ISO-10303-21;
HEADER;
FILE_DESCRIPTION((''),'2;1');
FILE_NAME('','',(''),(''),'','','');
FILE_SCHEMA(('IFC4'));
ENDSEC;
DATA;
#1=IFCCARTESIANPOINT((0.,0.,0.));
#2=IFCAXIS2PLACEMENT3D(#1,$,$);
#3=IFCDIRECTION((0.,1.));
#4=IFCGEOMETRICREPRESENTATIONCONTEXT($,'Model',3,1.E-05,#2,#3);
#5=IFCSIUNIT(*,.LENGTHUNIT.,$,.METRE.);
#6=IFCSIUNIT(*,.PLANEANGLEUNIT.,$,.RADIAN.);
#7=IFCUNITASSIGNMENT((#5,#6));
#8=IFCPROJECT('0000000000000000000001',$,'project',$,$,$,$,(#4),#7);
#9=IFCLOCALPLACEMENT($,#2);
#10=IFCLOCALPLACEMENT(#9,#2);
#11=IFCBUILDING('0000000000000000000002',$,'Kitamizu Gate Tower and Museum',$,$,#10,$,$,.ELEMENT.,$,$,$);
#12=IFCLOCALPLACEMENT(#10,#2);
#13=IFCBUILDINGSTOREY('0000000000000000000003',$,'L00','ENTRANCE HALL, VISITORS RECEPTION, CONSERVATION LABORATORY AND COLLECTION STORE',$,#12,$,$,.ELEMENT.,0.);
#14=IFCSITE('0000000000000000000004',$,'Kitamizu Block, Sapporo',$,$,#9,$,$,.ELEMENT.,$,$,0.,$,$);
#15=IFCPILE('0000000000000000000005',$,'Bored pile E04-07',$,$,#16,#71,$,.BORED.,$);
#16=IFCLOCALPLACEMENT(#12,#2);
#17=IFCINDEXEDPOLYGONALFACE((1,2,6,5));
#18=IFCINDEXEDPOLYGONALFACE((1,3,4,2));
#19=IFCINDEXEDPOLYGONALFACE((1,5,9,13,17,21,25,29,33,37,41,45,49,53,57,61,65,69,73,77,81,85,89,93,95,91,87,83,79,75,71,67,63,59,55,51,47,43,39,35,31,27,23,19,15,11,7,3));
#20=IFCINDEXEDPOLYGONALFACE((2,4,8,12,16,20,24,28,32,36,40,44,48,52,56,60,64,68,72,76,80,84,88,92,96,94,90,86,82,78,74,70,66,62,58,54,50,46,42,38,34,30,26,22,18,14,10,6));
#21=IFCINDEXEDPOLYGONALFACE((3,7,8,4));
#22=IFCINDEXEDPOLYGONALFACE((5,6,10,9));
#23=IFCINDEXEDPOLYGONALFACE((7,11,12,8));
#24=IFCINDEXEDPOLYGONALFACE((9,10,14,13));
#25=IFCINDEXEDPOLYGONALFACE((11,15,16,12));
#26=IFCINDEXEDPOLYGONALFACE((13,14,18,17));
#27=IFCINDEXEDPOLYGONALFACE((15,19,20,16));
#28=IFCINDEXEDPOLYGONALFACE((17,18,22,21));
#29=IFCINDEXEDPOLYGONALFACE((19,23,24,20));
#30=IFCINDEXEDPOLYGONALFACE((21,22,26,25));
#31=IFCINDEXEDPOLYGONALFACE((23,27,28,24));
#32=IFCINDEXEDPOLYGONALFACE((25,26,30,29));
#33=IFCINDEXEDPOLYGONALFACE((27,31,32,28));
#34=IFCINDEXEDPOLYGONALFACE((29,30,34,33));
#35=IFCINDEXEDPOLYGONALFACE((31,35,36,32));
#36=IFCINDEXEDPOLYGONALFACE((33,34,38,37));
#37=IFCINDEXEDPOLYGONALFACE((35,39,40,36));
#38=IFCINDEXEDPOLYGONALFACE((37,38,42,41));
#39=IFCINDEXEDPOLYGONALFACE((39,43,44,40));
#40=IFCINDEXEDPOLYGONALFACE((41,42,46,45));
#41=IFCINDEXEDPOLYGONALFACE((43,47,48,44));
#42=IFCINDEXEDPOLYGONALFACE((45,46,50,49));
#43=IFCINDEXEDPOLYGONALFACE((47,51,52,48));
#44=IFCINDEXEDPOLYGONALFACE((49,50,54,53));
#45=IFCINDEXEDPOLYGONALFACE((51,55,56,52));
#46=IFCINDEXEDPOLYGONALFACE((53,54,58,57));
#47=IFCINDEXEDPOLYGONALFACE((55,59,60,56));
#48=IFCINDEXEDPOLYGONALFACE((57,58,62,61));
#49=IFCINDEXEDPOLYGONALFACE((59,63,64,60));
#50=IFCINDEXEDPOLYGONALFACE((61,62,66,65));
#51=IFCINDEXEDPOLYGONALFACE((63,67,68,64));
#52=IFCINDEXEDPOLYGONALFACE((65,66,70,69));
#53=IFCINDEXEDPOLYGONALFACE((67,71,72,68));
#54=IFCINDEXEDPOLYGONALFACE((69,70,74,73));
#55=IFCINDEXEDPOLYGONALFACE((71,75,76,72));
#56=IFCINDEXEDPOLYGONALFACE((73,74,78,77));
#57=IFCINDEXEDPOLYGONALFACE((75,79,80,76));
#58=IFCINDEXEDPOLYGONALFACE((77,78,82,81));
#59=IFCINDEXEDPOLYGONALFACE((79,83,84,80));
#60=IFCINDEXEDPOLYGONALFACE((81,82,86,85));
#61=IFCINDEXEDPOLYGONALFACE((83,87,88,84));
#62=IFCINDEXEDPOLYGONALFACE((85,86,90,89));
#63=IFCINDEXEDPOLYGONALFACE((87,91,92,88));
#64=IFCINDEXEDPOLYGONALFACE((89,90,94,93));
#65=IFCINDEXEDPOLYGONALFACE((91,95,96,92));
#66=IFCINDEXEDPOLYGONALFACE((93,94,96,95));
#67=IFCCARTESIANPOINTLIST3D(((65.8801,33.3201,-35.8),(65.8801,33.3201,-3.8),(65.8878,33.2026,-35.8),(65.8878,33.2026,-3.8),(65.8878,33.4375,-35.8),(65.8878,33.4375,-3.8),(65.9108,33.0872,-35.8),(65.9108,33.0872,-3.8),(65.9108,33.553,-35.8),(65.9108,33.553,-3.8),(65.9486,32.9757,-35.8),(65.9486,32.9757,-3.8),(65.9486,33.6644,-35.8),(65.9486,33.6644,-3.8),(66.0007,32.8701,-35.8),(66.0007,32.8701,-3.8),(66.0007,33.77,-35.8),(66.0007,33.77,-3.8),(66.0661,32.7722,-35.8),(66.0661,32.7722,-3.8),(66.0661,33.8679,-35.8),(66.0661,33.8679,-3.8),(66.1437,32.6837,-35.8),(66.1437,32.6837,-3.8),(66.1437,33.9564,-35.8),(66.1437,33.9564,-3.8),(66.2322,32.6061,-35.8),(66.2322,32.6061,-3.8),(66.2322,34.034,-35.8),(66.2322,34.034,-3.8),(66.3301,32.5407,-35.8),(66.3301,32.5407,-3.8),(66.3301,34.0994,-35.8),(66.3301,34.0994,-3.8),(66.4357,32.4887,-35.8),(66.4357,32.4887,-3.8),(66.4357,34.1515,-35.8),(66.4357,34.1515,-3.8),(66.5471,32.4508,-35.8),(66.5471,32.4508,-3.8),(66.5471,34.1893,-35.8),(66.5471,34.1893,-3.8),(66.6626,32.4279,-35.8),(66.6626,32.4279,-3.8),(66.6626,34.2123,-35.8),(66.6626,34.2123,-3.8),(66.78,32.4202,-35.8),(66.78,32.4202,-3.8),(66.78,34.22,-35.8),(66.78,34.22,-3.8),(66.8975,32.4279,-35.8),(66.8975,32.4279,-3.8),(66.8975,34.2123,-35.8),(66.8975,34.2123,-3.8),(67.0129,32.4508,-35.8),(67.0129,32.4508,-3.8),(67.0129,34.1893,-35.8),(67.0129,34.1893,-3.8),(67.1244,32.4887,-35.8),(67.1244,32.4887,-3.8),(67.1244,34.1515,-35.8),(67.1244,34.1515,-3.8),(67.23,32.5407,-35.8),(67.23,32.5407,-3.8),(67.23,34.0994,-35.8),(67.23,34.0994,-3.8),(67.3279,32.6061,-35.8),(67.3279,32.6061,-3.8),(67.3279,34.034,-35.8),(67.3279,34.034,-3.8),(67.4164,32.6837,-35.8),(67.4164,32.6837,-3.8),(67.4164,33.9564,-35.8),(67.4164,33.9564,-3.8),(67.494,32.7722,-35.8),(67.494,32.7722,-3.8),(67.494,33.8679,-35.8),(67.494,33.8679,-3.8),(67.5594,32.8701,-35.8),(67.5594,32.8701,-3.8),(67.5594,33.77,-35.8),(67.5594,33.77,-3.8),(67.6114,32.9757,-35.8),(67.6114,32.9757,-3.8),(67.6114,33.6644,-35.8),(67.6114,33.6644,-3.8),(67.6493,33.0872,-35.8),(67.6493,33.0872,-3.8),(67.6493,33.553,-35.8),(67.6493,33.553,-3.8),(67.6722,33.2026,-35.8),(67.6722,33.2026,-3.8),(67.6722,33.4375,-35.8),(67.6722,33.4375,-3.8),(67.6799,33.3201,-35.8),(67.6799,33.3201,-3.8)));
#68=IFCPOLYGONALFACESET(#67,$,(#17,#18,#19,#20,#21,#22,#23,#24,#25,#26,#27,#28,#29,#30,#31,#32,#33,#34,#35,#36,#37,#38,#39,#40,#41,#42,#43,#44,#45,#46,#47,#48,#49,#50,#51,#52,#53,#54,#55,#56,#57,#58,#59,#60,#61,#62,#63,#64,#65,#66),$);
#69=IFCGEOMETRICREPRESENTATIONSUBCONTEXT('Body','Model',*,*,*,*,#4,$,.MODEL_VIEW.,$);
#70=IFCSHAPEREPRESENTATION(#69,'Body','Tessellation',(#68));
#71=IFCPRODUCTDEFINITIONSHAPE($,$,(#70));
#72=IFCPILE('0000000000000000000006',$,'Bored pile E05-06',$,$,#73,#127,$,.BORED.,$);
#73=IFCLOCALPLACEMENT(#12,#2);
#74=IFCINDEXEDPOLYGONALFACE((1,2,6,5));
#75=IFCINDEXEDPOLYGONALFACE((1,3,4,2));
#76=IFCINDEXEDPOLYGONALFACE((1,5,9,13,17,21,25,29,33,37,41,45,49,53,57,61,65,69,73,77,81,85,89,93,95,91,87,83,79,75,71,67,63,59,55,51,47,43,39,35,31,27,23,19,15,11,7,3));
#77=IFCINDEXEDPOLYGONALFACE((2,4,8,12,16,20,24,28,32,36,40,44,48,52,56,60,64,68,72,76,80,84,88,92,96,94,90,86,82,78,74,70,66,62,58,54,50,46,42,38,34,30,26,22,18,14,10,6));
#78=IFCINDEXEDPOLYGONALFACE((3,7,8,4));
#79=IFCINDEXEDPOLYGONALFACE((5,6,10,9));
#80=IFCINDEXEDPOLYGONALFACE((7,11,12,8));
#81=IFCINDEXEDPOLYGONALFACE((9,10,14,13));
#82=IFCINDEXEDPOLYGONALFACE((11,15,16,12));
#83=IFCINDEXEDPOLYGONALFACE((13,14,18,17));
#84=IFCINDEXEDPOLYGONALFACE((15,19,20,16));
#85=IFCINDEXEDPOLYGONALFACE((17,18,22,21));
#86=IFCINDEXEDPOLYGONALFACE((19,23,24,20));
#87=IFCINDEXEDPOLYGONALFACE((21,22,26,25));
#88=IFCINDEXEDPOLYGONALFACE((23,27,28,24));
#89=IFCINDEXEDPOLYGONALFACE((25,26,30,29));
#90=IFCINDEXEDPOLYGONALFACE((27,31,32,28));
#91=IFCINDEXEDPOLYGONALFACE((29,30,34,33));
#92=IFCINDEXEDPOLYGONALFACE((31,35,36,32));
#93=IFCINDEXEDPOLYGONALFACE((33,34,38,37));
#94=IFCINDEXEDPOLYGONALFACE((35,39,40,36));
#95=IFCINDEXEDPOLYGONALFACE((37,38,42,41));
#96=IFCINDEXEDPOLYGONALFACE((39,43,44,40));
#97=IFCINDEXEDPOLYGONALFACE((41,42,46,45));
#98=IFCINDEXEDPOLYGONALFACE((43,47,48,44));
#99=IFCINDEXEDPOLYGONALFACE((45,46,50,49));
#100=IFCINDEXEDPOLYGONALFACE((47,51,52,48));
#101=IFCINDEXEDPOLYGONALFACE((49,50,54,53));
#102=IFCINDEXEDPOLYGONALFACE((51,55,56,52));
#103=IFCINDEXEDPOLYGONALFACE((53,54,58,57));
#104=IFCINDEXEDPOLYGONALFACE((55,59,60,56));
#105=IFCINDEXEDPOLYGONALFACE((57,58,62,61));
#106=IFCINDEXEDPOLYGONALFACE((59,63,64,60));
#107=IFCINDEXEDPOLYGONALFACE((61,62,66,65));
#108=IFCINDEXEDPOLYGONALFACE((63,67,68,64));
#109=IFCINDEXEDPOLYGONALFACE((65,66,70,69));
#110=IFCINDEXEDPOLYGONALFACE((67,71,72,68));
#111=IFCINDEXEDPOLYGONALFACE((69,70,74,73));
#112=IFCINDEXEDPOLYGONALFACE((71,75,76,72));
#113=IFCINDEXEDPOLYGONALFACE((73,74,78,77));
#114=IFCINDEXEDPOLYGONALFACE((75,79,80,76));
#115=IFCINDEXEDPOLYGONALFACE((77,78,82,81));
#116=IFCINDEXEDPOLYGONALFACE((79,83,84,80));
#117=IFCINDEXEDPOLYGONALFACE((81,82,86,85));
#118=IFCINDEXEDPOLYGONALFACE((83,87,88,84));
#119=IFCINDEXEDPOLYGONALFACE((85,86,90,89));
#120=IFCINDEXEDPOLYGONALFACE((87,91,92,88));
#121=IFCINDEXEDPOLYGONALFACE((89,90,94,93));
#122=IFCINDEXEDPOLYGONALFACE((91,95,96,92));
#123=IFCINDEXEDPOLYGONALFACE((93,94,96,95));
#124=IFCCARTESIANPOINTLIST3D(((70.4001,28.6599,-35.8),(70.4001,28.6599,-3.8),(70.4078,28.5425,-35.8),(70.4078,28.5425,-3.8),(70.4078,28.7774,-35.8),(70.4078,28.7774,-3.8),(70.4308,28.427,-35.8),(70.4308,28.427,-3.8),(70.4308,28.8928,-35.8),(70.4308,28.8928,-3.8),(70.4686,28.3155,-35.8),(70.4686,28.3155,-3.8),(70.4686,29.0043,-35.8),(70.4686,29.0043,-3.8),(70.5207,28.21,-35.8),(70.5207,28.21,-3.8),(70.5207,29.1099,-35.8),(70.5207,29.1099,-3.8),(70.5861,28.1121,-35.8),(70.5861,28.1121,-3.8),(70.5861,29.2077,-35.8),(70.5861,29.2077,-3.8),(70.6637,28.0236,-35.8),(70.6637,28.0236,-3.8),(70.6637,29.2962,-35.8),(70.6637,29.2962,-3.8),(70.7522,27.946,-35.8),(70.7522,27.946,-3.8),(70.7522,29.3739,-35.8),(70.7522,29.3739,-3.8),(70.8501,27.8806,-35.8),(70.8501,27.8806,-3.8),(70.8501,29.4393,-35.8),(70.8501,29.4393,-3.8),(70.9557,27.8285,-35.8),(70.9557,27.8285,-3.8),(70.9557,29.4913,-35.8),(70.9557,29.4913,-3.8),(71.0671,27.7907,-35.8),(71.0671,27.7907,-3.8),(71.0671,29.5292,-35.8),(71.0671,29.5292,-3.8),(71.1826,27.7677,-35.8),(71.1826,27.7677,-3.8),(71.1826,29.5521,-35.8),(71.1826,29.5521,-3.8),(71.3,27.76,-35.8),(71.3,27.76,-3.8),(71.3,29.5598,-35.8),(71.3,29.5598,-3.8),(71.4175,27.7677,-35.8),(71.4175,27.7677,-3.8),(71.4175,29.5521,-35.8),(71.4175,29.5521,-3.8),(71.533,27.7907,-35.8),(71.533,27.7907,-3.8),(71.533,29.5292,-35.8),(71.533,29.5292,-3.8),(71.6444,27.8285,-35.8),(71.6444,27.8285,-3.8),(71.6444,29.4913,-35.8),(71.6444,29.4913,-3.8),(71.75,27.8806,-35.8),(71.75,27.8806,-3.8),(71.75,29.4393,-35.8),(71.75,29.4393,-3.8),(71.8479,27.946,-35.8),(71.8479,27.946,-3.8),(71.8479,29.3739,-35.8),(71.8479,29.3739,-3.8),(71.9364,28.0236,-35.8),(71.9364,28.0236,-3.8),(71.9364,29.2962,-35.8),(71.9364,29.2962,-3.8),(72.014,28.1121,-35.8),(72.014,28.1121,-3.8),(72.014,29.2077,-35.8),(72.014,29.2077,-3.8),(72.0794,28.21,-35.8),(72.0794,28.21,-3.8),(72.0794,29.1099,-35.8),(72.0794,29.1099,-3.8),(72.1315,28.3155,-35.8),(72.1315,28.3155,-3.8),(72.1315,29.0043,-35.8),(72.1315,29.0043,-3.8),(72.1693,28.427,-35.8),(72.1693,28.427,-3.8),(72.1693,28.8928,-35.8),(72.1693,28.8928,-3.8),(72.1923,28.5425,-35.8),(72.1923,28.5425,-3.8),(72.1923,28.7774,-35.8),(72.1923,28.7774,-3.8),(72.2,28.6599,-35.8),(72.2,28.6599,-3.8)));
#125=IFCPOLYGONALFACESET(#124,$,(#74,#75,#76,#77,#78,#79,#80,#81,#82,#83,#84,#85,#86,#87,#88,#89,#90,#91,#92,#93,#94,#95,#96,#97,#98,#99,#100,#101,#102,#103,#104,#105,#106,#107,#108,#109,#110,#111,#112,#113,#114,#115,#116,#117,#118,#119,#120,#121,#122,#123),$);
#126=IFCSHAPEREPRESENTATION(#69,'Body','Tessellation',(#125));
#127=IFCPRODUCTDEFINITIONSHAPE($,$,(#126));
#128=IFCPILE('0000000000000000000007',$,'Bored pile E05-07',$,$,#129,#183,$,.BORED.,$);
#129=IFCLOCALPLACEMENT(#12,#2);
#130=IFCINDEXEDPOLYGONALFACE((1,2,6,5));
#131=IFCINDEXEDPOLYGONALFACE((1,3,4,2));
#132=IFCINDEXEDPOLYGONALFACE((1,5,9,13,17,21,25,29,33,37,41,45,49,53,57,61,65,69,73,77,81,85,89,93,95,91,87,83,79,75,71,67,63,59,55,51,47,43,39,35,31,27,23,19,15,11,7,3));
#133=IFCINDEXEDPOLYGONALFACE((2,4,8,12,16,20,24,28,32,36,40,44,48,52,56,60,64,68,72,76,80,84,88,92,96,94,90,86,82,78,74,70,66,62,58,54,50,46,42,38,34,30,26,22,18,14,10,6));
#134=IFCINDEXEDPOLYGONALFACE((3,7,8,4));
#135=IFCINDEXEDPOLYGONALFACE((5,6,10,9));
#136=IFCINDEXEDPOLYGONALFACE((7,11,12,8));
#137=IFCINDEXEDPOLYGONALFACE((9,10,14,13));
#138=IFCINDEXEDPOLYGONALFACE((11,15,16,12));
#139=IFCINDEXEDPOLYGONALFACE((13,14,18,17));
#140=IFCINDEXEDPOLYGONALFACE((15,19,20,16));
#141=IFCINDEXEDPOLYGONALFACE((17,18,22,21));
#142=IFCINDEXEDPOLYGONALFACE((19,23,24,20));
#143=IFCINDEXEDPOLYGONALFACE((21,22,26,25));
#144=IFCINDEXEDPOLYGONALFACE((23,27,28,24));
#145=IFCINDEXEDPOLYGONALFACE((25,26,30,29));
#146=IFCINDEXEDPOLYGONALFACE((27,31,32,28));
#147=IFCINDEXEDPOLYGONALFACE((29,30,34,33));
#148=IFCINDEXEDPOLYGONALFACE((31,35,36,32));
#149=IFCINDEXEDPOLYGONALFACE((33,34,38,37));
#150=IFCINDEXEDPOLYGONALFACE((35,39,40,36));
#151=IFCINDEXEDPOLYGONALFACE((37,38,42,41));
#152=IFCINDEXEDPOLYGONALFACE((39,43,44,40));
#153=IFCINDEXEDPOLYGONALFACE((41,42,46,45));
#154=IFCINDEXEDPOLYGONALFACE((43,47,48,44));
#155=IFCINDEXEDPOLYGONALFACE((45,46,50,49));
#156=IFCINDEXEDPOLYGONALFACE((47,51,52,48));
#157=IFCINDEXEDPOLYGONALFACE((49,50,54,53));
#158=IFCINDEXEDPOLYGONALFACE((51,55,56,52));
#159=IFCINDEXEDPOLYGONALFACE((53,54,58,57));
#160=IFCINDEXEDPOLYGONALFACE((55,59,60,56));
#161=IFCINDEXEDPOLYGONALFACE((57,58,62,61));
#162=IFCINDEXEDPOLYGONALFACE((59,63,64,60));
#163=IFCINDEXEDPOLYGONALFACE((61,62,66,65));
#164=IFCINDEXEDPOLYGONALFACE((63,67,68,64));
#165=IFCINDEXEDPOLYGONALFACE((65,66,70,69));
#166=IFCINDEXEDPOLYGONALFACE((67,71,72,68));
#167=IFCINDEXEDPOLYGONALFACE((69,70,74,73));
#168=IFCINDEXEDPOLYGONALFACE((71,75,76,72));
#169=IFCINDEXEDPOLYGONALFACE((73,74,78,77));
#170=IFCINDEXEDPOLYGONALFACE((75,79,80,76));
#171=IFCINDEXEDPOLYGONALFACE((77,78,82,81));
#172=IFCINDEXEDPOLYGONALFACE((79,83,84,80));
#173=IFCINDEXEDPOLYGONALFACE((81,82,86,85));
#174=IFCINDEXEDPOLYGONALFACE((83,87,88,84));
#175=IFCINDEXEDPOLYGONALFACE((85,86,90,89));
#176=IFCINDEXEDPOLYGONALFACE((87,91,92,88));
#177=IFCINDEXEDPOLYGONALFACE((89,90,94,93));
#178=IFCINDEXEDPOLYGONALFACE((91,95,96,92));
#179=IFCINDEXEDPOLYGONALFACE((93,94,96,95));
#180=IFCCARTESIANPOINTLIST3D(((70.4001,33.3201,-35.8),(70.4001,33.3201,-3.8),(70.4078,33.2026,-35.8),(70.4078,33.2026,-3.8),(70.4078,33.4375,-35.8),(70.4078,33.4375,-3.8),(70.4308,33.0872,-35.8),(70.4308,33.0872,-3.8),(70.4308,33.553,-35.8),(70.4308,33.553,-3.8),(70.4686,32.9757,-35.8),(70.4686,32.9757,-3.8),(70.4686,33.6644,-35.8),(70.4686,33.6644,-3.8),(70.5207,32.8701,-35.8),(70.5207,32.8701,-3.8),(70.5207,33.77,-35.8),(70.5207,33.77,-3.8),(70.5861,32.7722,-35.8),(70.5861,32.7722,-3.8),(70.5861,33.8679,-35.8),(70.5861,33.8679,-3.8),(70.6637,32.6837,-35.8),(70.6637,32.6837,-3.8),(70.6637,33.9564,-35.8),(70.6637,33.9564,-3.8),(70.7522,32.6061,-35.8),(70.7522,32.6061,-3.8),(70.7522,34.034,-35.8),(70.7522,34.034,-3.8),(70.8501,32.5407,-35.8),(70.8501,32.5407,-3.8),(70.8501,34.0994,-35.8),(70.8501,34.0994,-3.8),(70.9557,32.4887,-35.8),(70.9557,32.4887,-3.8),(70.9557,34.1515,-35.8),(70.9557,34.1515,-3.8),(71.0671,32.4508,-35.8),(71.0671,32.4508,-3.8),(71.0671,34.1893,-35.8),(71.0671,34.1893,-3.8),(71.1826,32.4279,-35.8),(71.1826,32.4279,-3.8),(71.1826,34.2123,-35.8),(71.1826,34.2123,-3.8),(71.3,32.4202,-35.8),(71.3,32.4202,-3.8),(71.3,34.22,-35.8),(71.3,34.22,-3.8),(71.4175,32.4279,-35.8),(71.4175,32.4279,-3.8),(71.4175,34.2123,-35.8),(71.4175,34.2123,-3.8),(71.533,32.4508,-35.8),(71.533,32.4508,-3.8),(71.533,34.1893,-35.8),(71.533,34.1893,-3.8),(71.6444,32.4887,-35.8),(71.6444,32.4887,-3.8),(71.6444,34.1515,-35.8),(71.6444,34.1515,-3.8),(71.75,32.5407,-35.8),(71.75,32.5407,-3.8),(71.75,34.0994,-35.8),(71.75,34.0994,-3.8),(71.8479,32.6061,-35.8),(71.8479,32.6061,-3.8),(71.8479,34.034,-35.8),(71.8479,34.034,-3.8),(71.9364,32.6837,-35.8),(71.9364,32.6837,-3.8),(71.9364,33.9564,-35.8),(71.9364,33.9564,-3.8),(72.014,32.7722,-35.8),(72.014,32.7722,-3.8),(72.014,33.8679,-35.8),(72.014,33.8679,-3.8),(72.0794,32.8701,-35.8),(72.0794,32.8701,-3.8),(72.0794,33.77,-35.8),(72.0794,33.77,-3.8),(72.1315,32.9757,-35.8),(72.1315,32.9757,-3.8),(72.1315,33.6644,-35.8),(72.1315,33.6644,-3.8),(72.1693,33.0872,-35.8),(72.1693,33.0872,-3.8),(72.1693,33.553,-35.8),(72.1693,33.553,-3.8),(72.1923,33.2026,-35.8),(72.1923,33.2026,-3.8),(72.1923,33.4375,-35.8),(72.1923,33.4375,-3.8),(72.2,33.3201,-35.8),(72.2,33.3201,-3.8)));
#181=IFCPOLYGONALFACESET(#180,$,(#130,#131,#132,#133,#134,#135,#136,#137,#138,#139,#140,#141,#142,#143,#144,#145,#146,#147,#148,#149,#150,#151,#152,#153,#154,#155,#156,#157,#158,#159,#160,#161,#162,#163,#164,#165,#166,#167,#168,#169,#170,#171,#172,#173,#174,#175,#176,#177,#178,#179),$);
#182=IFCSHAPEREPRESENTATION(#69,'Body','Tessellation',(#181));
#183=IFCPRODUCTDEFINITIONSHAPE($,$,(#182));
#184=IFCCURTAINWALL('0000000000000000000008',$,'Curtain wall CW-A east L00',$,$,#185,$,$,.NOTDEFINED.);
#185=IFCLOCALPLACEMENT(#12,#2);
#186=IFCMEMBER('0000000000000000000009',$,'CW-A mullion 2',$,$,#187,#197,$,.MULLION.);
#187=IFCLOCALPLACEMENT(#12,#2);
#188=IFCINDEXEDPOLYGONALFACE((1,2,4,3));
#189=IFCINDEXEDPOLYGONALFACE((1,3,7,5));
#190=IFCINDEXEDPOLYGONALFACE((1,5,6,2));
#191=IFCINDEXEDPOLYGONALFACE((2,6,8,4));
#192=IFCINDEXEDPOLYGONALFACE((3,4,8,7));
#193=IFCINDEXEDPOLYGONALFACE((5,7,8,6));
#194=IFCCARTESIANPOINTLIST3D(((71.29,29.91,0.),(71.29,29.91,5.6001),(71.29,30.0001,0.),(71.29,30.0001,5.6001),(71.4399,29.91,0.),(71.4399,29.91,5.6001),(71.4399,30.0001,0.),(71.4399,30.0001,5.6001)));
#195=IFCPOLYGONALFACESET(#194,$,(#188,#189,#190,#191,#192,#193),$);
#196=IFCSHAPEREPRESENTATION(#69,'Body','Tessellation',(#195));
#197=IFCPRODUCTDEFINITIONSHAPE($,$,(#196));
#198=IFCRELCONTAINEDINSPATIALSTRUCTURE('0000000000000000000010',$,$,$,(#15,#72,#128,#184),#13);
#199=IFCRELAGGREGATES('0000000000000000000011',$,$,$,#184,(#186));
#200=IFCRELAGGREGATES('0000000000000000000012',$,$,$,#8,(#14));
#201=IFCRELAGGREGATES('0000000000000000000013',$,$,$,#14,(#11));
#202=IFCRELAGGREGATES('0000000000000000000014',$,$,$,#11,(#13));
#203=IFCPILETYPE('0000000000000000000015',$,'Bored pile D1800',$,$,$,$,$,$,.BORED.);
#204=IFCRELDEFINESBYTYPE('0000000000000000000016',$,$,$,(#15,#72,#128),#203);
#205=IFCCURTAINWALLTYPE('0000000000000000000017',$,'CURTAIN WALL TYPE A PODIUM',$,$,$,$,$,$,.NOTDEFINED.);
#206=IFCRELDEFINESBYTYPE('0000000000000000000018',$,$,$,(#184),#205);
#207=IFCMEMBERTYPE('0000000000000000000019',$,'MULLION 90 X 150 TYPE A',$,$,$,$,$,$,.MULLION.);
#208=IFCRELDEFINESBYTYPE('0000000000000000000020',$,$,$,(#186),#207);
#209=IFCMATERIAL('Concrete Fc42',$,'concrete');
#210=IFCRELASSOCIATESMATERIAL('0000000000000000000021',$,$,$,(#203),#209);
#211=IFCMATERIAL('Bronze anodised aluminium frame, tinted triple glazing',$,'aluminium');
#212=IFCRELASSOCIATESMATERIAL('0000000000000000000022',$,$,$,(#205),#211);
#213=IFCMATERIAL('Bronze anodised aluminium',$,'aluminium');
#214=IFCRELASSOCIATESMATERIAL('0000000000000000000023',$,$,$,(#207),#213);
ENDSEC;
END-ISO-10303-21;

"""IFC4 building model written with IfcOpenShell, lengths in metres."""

from ifc_helpers import new_model, si_unit, direction, frame, origin, origin_2d, place, context, subcontext, project, spatial, rectangle, circle, extrude, material, material_profile, profile_set, type_object, element, aggregate, save


model = new_model("IFC4")

# Units and contexts
model_context = context("Model", 3, precision=1e-05, world=origin(), true_north=direction((0.0, 1.0)))
body_context = subcontext(model_context, "Body", "Model", "MODEL_VIEW")
ifc_project = project(units=[si_unit("LENGTHUNIT", "METRE"), si_unit("PLANEANGLEUNIT", "RADIAN")], contexts=[model_context])

# Site, building, storey
site_placement = place(None, origin())
site = spatial("IfcSite", under=ifc_project, at=site_placement, Name="Kitamizu Block, Sapporo", CompositionType="ELEMENT", RefElevation=0.0)
building_placement = place(site_placement, origin())
building = spatial("IfcBuilding", under=site, at=building_placement, Name="Kitamizu Gate Tower and Museum", CompositionType="ELEMENT")
storey_placement = place(building_placement, origin())
storey = spatial("IfcBuildingStorey", under=building, at=storey_placement, Name="L00", Description="ENTRANCE HALL, VISITORS RECEPTION, CONSERVATION LABORATORY AND COLLECTION STORE", CompositionType="ELEMENT", Elevation=0.0)

# Piles
ifc_material_1 = material(Name="Concrete Fc42", Category="concrete")
ifc_material_profile_1 = material_profile(ifc_material_1, circle(Radius=0.8999, at=origin_2d()), Name="Bored pile D1800")
ifc_profile_set_1 = profile_set([ifc_material_profile_1], Name="Concrete Fc42")
pile_type = type_object("IfcPileType", Name="Bored pile D1800", PredefinedType="BORED", material=ifc_profile_set_1)
for number, where, z_axis, x_axis, name in (
    (1, (66.78, 33.3201, -3.8), (0.0, 0.0, -1.0), (1.0, 0.0, 0.0), "Bored pile E04-07"),
    (2, (71.3, 28.6599, -3.8), (0.0, 0.0, -1.0), (1.0, 0.0, 0.0), "Bored pile E05-06"),
    (3, (71.3, 33.3201, -3.8), (0.0, 0.0, -1.0), (1.0, 0.0, 0.0), "Bored pile E05-07"),
):
    element("IfcPile", number, at=place(storey_placement, frame(where, z_axis=z_axis, x_axis=x_axis)), inside=storey, type_object=pile_type, Name=name, PredefinedType="BORED", context=body_context, shape_type="SweptSolid", body=[
        extrude(circle(Radius=0.8999, at=origin_2d()), origin(), (0.0, 0.0, 1.0), 32.0),
    ])

# Curtain wall, member
ifc_material_2 = material(Name="Bronze anodised aluminium frame, tinted triple glazing", Category="aluminium")
curtain_wall_type = type_object("IfcCurtainWallType", Name="CURTAIN WALL TYPE A PODIUM", PredefinedType="NOTDEFINED", material=ifc_material_2)
curtain_wall_placement = place(storey_placement, origin())
curtain_wall = element("IfcCurtainWall", 4, at=curtain_wall_placement, inside=storey, type_object=curtain_wall_type, Name="Curtain wall CW-A east L00", PredefinedType="NOTDEFINED")
ifc_material_3 = material(Name="Bronze anodised aluminium", Category="aluminium")
ifc_material_profile_2 = material_profile(ifc_material_3, rectangle(XDim=0.0901, YDim=0.1499, at=origin_2d()), Name="AL 90X150")
ifc_profile_set_2 = profile_set([ifc_material_profile_2], Name="Bronze anodised aluminium")
member_type = type_object("IfcMemberType", Name="MULLION 90 X 150 TYPE A", PredefinedType="MULLION", material=ifc_profile_set_2)
member_placement = place(storey_placement, frame((71.365, 29.9551, 0.0), z_axis=(0.0, 0.0, 1.0), x_axis=(0.0, 1.0, 0.0)))
member = element("IfcMember", 5, at=member_placement, type_object=member_type, Name="CW-A mullion 2", PredefinedType="MULLION", context=body_context, shape_type="SweptSolid", body=[
    extrude(rectangle(XDim=0.0901, YDim=0.1499, at=origin_2d()), origin(), (0.0, 0.0, 1.0), 5.6001),
])
aggregate(curtain_wall, [member])

save(model, "model.ifc")
